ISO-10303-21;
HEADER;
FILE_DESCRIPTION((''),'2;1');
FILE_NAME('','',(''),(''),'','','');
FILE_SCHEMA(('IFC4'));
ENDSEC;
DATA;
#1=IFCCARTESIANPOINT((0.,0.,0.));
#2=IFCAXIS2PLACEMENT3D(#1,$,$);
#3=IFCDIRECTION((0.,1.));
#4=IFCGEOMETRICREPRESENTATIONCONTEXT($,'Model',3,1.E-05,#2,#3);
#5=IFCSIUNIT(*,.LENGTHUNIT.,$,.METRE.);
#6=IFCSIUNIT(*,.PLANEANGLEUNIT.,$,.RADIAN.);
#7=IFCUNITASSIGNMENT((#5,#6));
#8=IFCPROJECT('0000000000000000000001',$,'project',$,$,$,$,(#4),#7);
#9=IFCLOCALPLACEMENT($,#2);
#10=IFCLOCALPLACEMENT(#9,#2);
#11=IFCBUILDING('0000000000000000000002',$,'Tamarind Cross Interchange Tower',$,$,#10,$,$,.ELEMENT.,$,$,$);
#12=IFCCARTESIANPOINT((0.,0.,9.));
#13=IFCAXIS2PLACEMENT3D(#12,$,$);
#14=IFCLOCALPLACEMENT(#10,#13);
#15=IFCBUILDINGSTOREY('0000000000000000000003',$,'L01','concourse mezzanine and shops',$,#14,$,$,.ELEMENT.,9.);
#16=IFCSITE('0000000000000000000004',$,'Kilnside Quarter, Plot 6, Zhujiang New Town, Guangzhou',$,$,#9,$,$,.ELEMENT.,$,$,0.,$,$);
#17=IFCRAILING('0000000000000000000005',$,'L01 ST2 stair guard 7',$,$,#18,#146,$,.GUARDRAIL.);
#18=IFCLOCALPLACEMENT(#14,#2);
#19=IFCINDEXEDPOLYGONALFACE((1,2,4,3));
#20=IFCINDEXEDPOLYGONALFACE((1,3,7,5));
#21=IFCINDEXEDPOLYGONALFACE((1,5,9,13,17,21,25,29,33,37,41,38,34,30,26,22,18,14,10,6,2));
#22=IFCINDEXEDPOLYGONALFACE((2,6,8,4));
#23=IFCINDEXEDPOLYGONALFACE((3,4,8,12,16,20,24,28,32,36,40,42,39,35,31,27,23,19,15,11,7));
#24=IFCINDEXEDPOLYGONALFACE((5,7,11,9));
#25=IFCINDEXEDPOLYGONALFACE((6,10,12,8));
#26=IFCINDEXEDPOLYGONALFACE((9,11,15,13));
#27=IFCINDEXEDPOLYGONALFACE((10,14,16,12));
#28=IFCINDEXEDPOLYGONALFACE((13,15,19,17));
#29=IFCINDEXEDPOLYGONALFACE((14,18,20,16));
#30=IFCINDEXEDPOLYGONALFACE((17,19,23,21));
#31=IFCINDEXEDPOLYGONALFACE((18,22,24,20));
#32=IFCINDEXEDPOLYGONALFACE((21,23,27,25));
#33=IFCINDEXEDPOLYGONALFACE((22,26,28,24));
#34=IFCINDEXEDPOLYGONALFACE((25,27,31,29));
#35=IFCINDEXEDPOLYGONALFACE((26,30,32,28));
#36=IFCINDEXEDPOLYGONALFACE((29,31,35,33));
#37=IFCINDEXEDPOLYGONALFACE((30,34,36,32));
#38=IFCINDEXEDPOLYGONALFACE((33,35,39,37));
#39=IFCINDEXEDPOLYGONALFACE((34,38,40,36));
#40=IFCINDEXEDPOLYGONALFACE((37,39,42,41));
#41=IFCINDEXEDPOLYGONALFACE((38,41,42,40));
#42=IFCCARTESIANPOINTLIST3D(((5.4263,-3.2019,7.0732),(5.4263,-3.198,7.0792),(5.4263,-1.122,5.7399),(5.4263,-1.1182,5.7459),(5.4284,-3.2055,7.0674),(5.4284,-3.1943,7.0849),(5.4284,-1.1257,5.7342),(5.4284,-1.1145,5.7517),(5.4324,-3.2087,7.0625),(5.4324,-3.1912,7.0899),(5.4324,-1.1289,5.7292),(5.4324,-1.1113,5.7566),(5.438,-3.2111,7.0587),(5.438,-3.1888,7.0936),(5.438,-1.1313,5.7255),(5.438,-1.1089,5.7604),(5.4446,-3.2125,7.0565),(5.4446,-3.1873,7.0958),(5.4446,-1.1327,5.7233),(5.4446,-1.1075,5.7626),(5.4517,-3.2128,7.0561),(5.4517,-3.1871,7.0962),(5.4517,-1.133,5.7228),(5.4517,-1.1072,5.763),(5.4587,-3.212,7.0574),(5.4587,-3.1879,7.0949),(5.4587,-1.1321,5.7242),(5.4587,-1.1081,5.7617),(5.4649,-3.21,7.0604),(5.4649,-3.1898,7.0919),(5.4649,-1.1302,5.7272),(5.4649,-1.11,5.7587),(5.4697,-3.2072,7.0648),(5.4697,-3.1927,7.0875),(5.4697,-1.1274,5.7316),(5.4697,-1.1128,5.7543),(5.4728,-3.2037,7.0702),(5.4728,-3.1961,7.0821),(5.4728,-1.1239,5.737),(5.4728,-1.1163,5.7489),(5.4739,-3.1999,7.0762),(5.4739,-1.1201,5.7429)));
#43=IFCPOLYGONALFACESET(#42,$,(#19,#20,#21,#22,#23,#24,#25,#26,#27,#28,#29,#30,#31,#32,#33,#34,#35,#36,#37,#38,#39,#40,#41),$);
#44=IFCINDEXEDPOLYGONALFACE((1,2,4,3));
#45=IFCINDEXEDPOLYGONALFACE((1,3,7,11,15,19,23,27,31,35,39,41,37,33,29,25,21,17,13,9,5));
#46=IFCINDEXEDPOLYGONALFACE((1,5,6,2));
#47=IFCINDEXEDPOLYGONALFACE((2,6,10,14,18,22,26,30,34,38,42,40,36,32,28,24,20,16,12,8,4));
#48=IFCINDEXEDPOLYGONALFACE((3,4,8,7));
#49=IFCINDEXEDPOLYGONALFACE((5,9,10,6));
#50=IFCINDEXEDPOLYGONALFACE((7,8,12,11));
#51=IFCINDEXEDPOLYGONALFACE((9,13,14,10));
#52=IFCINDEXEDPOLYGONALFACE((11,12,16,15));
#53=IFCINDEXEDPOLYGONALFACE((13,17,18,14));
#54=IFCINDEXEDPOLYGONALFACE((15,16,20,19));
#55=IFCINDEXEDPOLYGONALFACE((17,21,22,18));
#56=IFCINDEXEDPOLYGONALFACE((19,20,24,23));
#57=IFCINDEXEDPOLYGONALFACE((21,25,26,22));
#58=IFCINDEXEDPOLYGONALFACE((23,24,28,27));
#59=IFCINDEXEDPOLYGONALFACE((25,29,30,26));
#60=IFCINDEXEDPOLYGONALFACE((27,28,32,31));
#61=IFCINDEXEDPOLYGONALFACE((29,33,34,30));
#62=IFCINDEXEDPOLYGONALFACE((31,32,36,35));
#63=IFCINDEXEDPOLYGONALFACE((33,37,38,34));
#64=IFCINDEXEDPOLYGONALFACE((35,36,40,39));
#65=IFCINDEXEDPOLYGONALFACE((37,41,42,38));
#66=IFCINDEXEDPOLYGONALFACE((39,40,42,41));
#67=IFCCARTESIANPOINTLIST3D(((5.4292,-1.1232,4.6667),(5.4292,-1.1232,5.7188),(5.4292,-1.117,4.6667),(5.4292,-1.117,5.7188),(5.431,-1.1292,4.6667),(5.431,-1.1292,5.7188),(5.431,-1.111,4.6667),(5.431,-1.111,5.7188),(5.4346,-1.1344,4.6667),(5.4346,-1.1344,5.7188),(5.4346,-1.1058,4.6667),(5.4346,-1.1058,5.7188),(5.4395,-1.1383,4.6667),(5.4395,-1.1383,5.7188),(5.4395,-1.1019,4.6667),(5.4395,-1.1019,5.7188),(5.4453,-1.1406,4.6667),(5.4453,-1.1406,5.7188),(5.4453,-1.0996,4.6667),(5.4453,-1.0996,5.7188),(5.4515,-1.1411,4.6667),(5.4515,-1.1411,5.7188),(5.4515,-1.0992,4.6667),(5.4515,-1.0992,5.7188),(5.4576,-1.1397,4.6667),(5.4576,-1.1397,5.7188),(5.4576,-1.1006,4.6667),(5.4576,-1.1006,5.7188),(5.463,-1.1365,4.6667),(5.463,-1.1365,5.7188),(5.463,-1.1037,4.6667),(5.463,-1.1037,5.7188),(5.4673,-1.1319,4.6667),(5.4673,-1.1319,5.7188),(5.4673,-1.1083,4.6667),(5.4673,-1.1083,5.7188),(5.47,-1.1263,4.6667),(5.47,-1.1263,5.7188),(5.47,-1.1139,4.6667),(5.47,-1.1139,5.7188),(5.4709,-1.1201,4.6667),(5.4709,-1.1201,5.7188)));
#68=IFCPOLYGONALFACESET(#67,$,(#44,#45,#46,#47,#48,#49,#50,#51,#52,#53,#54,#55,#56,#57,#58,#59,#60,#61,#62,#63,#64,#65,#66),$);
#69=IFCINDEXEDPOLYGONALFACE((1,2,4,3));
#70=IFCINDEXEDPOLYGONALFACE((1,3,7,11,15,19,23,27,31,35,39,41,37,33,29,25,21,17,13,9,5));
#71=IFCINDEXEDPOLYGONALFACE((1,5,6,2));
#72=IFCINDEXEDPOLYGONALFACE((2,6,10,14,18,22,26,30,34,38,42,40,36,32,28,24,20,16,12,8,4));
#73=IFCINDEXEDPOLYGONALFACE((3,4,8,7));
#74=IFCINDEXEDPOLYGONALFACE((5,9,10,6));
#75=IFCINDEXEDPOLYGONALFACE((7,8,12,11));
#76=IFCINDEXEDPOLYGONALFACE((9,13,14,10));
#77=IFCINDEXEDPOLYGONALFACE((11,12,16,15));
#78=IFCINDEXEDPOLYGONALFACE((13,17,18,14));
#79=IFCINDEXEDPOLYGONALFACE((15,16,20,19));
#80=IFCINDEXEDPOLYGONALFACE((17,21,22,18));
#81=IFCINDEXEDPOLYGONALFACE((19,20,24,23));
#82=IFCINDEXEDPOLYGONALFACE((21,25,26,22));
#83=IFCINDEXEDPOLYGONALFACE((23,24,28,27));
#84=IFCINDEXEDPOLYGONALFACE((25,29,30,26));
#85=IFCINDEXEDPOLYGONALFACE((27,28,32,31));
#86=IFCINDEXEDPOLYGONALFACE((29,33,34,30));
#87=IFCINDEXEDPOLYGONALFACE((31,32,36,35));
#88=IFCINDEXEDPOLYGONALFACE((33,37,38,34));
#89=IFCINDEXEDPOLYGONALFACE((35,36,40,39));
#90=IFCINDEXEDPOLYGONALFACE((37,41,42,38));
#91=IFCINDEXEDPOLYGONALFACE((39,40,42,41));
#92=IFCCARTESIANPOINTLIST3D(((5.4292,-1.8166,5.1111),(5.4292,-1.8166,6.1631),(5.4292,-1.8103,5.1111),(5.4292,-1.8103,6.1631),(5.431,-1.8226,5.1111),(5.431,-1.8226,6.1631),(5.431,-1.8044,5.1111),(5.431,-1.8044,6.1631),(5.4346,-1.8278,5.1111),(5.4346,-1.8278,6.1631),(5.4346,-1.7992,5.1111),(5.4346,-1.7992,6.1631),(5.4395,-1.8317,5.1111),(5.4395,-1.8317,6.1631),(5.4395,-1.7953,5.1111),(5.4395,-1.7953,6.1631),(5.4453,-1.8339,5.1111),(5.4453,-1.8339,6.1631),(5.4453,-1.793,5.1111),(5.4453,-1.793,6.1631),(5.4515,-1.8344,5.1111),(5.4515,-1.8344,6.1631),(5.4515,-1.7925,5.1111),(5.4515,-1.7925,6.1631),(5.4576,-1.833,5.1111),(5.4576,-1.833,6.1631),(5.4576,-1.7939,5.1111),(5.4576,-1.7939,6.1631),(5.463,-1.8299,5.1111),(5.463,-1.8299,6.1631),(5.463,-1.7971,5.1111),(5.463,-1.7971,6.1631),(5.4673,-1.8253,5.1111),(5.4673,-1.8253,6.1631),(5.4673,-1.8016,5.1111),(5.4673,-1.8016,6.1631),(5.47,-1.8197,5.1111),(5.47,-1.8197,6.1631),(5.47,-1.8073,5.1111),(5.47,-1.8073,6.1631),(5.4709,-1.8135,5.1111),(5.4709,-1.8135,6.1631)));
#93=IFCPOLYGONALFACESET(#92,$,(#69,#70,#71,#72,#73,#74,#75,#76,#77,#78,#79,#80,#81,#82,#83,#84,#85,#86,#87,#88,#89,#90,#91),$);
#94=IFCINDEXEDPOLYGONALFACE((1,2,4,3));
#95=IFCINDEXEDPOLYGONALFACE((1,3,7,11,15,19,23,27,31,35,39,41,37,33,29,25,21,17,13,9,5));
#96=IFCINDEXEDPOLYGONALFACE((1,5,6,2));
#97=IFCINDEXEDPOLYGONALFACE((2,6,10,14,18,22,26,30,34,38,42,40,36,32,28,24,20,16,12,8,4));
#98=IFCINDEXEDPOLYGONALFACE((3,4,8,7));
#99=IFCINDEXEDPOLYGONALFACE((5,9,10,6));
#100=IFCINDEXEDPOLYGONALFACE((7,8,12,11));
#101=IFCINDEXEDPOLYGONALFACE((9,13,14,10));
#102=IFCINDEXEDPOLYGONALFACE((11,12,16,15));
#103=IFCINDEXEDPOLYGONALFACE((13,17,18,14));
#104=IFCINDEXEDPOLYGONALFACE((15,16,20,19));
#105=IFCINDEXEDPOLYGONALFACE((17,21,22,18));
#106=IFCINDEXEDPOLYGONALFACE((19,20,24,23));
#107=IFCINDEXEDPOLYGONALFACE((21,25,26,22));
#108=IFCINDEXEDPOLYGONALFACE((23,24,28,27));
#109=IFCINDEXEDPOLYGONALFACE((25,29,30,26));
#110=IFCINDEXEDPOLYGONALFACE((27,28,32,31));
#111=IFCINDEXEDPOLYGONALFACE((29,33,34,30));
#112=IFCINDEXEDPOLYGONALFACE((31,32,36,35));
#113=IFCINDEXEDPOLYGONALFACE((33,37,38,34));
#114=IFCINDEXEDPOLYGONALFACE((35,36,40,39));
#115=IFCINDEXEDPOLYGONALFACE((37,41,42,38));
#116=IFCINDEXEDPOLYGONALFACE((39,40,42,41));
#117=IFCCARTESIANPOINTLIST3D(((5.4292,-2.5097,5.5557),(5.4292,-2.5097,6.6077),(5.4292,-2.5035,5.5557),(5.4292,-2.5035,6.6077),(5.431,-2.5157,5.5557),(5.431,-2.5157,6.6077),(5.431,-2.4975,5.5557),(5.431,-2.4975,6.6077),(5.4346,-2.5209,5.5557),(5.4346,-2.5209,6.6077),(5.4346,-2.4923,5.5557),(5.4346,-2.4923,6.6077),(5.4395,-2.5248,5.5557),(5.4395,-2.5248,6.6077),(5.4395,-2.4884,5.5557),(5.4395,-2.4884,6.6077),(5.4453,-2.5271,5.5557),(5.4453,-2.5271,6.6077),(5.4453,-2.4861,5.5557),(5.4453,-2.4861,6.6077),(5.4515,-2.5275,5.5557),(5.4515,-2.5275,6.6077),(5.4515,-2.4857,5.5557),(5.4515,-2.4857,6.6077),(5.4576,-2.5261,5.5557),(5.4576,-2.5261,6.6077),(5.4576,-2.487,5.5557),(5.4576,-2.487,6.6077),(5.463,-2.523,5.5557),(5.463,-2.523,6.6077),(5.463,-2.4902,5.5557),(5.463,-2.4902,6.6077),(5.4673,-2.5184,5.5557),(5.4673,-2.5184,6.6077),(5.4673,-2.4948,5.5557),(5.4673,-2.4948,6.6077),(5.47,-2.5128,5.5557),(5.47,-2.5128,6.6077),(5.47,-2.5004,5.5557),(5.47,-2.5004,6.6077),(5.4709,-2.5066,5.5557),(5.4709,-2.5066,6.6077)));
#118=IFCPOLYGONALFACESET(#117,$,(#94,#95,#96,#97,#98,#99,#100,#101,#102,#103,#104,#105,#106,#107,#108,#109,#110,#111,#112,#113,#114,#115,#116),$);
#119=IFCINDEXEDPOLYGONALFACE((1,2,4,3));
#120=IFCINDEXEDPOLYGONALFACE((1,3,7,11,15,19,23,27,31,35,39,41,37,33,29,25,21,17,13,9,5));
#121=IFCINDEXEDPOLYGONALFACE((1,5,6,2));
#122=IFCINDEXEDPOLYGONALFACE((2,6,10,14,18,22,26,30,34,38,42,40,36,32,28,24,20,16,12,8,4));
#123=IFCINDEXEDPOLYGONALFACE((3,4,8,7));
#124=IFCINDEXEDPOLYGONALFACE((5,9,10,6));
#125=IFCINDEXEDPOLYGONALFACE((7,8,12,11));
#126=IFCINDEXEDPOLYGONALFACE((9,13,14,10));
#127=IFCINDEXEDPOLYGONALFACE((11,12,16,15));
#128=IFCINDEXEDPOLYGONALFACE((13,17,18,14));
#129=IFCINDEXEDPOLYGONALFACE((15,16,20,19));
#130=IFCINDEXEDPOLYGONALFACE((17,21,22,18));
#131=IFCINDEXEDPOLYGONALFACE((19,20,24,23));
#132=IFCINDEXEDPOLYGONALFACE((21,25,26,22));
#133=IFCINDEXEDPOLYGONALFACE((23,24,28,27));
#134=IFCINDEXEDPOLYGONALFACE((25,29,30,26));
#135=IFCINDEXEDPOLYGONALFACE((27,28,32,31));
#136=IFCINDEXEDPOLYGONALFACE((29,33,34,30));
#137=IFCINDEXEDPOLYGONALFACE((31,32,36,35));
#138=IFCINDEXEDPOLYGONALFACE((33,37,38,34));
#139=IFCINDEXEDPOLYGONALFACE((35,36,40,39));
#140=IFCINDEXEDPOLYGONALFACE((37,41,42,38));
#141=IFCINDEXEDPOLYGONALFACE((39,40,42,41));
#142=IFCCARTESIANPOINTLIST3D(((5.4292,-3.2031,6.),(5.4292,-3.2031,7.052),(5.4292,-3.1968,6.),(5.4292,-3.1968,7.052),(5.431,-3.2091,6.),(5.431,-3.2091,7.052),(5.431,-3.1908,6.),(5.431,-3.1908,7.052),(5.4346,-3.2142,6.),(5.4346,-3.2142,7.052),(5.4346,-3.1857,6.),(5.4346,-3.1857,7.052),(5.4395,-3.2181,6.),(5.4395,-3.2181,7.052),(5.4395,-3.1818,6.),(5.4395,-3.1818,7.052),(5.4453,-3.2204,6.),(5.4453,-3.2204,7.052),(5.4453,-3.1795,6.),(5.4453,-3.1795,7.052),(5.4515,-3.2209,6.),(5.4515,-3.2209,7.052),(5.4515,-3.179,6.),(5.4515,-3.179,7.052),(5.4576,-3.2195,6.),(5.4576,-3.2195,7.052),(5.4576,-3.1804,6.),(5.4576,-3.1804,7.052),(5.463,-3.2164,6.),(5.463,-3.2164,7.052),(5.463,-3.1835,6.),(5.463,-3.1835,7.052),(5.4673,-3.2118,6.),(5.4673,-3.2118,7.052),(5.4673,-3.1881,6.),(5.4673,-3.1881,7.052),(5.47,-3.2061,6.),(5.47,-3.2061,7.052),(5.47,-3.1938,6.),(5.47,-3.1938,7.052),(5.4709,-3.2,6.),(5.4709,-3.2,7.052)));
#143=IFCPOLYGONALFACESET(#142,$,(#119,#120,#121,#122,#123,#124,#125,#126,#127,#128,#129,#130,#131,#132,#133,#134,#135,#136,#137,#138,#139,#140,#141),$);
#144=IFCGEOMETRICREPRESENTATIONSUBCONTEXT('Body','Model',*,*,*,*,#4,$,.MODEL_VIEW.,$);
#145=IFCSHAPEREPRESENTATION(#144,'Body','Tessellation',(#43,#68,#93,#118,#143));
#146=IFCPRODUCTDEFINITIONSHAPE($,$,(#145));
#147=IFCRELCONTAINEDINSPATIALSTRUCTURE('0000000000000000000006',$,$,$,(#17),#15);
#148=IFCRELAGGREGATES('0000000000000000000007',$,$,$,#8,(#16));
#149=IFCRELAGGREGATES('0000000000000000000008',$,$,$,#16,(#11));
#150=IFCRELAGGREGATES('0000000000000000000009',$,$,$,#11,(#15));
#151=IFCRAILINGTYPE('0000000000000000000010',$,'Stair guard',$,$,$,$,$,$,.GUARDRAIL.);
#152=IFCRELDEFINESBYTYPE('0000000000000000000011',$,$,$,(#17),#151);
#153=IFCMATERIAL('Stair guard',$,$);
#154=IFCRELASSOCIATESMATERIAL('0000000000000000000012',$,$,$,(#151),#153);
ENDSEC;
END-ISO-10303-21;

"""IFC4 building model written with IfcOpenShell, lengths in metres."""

from ifc_helpers import new_model, si_unit, direction, frame, origin, origin_2d, place, context, subcontext, project, spatial, circle, extrude, material, type_object, element, save


model = new_model("IFC4")

# Units and contexts
model_context = context("Model", 3, precision=1e-05, world=origin(), true_north=direction((0.0, 1.0)))
body_context = subcontext(model_context, "Body", "Model", "MODEL_VIEW")
ifc_project = project(units=[si_unit("LENGTHUNIT", "METRE"), si_unit("PLANEANGLEUNIT", "RADIAN")], contexts=[model_context])

# Site, building, storey
site_placement = place(None, origin())
site = spatial("IfcSite", under=ifc_project, at=site_placement, Name="Kilnside Quarter, Plot 6, Zhujiang New Town, Guangzhou", CompositionType="ELEMENT", RefElevation=0.0)
building_placement = place(site_placement, origin())
building = spatial("IfcBuilding", under=site, at=building_placement, Name="Tamarind Cross Interchange Tower", CompositionType="ELEMENT")
storey_placement = place(building_placement, frame((0.0, 0.0, 9.0)))
storey = spatial("IfcBuildingStorey", under=building, at=storey_placement, Name="L01", Description="concourse mezzanine and shops", CompositionType="ELEMENT", Elevation=9.0)

# Railing
ifc_material_1 = material(Name="Stair guard")
railing_type = type_object("IfcRailingType", Name="Stair guard", PredefinedType="GUARDRAIL", material=ifc_material_1)
railing_1_placement = place(storey_placement, frame((5.45, -1.1201, 4.6667)))
element("IfcRailing", 1, at=railing_1_placement, inside=storey, type_object=railing_type, Name="L01 ST2 stair guard 7", PredefinedType="GUARDRAIL", context=body_context, shape_type="SweptSolid", body=[
    extrude(circle(Radius=0.0239, at=origin_2d()), frame((0.0, 0.0, 1.0762), z_axis=(0.0, -0.841875, 0.539673), x_axis=(1.0, 0.0, 0.0)), (0.0, 0.0, 1.0), 2.4705),
    extrude(circle(Radius=0.021, at=origin_2d()), origin(), (0.0, 0.0, 1.0), 1.052),
    extrude(circle(Radius=0.021, at=origin_2d()), frame((0.0, -0.6934, 0.4443)), (0.0, 0.0, 1.0), 1.052),
    extrude(circle(Radius=0.021, at=origin_2d()), frame((0.0, -1.3865, 0.8889)), (0.0, 0.0, 1.0), 1.052),
    extrude(circle(Radius=0.021, at=origin_2d()), frame((0.0, -2.0798, 1.3333)), (0.0, 0.0, 1.0), 1.052),
])

save(model, "model.ifc")
